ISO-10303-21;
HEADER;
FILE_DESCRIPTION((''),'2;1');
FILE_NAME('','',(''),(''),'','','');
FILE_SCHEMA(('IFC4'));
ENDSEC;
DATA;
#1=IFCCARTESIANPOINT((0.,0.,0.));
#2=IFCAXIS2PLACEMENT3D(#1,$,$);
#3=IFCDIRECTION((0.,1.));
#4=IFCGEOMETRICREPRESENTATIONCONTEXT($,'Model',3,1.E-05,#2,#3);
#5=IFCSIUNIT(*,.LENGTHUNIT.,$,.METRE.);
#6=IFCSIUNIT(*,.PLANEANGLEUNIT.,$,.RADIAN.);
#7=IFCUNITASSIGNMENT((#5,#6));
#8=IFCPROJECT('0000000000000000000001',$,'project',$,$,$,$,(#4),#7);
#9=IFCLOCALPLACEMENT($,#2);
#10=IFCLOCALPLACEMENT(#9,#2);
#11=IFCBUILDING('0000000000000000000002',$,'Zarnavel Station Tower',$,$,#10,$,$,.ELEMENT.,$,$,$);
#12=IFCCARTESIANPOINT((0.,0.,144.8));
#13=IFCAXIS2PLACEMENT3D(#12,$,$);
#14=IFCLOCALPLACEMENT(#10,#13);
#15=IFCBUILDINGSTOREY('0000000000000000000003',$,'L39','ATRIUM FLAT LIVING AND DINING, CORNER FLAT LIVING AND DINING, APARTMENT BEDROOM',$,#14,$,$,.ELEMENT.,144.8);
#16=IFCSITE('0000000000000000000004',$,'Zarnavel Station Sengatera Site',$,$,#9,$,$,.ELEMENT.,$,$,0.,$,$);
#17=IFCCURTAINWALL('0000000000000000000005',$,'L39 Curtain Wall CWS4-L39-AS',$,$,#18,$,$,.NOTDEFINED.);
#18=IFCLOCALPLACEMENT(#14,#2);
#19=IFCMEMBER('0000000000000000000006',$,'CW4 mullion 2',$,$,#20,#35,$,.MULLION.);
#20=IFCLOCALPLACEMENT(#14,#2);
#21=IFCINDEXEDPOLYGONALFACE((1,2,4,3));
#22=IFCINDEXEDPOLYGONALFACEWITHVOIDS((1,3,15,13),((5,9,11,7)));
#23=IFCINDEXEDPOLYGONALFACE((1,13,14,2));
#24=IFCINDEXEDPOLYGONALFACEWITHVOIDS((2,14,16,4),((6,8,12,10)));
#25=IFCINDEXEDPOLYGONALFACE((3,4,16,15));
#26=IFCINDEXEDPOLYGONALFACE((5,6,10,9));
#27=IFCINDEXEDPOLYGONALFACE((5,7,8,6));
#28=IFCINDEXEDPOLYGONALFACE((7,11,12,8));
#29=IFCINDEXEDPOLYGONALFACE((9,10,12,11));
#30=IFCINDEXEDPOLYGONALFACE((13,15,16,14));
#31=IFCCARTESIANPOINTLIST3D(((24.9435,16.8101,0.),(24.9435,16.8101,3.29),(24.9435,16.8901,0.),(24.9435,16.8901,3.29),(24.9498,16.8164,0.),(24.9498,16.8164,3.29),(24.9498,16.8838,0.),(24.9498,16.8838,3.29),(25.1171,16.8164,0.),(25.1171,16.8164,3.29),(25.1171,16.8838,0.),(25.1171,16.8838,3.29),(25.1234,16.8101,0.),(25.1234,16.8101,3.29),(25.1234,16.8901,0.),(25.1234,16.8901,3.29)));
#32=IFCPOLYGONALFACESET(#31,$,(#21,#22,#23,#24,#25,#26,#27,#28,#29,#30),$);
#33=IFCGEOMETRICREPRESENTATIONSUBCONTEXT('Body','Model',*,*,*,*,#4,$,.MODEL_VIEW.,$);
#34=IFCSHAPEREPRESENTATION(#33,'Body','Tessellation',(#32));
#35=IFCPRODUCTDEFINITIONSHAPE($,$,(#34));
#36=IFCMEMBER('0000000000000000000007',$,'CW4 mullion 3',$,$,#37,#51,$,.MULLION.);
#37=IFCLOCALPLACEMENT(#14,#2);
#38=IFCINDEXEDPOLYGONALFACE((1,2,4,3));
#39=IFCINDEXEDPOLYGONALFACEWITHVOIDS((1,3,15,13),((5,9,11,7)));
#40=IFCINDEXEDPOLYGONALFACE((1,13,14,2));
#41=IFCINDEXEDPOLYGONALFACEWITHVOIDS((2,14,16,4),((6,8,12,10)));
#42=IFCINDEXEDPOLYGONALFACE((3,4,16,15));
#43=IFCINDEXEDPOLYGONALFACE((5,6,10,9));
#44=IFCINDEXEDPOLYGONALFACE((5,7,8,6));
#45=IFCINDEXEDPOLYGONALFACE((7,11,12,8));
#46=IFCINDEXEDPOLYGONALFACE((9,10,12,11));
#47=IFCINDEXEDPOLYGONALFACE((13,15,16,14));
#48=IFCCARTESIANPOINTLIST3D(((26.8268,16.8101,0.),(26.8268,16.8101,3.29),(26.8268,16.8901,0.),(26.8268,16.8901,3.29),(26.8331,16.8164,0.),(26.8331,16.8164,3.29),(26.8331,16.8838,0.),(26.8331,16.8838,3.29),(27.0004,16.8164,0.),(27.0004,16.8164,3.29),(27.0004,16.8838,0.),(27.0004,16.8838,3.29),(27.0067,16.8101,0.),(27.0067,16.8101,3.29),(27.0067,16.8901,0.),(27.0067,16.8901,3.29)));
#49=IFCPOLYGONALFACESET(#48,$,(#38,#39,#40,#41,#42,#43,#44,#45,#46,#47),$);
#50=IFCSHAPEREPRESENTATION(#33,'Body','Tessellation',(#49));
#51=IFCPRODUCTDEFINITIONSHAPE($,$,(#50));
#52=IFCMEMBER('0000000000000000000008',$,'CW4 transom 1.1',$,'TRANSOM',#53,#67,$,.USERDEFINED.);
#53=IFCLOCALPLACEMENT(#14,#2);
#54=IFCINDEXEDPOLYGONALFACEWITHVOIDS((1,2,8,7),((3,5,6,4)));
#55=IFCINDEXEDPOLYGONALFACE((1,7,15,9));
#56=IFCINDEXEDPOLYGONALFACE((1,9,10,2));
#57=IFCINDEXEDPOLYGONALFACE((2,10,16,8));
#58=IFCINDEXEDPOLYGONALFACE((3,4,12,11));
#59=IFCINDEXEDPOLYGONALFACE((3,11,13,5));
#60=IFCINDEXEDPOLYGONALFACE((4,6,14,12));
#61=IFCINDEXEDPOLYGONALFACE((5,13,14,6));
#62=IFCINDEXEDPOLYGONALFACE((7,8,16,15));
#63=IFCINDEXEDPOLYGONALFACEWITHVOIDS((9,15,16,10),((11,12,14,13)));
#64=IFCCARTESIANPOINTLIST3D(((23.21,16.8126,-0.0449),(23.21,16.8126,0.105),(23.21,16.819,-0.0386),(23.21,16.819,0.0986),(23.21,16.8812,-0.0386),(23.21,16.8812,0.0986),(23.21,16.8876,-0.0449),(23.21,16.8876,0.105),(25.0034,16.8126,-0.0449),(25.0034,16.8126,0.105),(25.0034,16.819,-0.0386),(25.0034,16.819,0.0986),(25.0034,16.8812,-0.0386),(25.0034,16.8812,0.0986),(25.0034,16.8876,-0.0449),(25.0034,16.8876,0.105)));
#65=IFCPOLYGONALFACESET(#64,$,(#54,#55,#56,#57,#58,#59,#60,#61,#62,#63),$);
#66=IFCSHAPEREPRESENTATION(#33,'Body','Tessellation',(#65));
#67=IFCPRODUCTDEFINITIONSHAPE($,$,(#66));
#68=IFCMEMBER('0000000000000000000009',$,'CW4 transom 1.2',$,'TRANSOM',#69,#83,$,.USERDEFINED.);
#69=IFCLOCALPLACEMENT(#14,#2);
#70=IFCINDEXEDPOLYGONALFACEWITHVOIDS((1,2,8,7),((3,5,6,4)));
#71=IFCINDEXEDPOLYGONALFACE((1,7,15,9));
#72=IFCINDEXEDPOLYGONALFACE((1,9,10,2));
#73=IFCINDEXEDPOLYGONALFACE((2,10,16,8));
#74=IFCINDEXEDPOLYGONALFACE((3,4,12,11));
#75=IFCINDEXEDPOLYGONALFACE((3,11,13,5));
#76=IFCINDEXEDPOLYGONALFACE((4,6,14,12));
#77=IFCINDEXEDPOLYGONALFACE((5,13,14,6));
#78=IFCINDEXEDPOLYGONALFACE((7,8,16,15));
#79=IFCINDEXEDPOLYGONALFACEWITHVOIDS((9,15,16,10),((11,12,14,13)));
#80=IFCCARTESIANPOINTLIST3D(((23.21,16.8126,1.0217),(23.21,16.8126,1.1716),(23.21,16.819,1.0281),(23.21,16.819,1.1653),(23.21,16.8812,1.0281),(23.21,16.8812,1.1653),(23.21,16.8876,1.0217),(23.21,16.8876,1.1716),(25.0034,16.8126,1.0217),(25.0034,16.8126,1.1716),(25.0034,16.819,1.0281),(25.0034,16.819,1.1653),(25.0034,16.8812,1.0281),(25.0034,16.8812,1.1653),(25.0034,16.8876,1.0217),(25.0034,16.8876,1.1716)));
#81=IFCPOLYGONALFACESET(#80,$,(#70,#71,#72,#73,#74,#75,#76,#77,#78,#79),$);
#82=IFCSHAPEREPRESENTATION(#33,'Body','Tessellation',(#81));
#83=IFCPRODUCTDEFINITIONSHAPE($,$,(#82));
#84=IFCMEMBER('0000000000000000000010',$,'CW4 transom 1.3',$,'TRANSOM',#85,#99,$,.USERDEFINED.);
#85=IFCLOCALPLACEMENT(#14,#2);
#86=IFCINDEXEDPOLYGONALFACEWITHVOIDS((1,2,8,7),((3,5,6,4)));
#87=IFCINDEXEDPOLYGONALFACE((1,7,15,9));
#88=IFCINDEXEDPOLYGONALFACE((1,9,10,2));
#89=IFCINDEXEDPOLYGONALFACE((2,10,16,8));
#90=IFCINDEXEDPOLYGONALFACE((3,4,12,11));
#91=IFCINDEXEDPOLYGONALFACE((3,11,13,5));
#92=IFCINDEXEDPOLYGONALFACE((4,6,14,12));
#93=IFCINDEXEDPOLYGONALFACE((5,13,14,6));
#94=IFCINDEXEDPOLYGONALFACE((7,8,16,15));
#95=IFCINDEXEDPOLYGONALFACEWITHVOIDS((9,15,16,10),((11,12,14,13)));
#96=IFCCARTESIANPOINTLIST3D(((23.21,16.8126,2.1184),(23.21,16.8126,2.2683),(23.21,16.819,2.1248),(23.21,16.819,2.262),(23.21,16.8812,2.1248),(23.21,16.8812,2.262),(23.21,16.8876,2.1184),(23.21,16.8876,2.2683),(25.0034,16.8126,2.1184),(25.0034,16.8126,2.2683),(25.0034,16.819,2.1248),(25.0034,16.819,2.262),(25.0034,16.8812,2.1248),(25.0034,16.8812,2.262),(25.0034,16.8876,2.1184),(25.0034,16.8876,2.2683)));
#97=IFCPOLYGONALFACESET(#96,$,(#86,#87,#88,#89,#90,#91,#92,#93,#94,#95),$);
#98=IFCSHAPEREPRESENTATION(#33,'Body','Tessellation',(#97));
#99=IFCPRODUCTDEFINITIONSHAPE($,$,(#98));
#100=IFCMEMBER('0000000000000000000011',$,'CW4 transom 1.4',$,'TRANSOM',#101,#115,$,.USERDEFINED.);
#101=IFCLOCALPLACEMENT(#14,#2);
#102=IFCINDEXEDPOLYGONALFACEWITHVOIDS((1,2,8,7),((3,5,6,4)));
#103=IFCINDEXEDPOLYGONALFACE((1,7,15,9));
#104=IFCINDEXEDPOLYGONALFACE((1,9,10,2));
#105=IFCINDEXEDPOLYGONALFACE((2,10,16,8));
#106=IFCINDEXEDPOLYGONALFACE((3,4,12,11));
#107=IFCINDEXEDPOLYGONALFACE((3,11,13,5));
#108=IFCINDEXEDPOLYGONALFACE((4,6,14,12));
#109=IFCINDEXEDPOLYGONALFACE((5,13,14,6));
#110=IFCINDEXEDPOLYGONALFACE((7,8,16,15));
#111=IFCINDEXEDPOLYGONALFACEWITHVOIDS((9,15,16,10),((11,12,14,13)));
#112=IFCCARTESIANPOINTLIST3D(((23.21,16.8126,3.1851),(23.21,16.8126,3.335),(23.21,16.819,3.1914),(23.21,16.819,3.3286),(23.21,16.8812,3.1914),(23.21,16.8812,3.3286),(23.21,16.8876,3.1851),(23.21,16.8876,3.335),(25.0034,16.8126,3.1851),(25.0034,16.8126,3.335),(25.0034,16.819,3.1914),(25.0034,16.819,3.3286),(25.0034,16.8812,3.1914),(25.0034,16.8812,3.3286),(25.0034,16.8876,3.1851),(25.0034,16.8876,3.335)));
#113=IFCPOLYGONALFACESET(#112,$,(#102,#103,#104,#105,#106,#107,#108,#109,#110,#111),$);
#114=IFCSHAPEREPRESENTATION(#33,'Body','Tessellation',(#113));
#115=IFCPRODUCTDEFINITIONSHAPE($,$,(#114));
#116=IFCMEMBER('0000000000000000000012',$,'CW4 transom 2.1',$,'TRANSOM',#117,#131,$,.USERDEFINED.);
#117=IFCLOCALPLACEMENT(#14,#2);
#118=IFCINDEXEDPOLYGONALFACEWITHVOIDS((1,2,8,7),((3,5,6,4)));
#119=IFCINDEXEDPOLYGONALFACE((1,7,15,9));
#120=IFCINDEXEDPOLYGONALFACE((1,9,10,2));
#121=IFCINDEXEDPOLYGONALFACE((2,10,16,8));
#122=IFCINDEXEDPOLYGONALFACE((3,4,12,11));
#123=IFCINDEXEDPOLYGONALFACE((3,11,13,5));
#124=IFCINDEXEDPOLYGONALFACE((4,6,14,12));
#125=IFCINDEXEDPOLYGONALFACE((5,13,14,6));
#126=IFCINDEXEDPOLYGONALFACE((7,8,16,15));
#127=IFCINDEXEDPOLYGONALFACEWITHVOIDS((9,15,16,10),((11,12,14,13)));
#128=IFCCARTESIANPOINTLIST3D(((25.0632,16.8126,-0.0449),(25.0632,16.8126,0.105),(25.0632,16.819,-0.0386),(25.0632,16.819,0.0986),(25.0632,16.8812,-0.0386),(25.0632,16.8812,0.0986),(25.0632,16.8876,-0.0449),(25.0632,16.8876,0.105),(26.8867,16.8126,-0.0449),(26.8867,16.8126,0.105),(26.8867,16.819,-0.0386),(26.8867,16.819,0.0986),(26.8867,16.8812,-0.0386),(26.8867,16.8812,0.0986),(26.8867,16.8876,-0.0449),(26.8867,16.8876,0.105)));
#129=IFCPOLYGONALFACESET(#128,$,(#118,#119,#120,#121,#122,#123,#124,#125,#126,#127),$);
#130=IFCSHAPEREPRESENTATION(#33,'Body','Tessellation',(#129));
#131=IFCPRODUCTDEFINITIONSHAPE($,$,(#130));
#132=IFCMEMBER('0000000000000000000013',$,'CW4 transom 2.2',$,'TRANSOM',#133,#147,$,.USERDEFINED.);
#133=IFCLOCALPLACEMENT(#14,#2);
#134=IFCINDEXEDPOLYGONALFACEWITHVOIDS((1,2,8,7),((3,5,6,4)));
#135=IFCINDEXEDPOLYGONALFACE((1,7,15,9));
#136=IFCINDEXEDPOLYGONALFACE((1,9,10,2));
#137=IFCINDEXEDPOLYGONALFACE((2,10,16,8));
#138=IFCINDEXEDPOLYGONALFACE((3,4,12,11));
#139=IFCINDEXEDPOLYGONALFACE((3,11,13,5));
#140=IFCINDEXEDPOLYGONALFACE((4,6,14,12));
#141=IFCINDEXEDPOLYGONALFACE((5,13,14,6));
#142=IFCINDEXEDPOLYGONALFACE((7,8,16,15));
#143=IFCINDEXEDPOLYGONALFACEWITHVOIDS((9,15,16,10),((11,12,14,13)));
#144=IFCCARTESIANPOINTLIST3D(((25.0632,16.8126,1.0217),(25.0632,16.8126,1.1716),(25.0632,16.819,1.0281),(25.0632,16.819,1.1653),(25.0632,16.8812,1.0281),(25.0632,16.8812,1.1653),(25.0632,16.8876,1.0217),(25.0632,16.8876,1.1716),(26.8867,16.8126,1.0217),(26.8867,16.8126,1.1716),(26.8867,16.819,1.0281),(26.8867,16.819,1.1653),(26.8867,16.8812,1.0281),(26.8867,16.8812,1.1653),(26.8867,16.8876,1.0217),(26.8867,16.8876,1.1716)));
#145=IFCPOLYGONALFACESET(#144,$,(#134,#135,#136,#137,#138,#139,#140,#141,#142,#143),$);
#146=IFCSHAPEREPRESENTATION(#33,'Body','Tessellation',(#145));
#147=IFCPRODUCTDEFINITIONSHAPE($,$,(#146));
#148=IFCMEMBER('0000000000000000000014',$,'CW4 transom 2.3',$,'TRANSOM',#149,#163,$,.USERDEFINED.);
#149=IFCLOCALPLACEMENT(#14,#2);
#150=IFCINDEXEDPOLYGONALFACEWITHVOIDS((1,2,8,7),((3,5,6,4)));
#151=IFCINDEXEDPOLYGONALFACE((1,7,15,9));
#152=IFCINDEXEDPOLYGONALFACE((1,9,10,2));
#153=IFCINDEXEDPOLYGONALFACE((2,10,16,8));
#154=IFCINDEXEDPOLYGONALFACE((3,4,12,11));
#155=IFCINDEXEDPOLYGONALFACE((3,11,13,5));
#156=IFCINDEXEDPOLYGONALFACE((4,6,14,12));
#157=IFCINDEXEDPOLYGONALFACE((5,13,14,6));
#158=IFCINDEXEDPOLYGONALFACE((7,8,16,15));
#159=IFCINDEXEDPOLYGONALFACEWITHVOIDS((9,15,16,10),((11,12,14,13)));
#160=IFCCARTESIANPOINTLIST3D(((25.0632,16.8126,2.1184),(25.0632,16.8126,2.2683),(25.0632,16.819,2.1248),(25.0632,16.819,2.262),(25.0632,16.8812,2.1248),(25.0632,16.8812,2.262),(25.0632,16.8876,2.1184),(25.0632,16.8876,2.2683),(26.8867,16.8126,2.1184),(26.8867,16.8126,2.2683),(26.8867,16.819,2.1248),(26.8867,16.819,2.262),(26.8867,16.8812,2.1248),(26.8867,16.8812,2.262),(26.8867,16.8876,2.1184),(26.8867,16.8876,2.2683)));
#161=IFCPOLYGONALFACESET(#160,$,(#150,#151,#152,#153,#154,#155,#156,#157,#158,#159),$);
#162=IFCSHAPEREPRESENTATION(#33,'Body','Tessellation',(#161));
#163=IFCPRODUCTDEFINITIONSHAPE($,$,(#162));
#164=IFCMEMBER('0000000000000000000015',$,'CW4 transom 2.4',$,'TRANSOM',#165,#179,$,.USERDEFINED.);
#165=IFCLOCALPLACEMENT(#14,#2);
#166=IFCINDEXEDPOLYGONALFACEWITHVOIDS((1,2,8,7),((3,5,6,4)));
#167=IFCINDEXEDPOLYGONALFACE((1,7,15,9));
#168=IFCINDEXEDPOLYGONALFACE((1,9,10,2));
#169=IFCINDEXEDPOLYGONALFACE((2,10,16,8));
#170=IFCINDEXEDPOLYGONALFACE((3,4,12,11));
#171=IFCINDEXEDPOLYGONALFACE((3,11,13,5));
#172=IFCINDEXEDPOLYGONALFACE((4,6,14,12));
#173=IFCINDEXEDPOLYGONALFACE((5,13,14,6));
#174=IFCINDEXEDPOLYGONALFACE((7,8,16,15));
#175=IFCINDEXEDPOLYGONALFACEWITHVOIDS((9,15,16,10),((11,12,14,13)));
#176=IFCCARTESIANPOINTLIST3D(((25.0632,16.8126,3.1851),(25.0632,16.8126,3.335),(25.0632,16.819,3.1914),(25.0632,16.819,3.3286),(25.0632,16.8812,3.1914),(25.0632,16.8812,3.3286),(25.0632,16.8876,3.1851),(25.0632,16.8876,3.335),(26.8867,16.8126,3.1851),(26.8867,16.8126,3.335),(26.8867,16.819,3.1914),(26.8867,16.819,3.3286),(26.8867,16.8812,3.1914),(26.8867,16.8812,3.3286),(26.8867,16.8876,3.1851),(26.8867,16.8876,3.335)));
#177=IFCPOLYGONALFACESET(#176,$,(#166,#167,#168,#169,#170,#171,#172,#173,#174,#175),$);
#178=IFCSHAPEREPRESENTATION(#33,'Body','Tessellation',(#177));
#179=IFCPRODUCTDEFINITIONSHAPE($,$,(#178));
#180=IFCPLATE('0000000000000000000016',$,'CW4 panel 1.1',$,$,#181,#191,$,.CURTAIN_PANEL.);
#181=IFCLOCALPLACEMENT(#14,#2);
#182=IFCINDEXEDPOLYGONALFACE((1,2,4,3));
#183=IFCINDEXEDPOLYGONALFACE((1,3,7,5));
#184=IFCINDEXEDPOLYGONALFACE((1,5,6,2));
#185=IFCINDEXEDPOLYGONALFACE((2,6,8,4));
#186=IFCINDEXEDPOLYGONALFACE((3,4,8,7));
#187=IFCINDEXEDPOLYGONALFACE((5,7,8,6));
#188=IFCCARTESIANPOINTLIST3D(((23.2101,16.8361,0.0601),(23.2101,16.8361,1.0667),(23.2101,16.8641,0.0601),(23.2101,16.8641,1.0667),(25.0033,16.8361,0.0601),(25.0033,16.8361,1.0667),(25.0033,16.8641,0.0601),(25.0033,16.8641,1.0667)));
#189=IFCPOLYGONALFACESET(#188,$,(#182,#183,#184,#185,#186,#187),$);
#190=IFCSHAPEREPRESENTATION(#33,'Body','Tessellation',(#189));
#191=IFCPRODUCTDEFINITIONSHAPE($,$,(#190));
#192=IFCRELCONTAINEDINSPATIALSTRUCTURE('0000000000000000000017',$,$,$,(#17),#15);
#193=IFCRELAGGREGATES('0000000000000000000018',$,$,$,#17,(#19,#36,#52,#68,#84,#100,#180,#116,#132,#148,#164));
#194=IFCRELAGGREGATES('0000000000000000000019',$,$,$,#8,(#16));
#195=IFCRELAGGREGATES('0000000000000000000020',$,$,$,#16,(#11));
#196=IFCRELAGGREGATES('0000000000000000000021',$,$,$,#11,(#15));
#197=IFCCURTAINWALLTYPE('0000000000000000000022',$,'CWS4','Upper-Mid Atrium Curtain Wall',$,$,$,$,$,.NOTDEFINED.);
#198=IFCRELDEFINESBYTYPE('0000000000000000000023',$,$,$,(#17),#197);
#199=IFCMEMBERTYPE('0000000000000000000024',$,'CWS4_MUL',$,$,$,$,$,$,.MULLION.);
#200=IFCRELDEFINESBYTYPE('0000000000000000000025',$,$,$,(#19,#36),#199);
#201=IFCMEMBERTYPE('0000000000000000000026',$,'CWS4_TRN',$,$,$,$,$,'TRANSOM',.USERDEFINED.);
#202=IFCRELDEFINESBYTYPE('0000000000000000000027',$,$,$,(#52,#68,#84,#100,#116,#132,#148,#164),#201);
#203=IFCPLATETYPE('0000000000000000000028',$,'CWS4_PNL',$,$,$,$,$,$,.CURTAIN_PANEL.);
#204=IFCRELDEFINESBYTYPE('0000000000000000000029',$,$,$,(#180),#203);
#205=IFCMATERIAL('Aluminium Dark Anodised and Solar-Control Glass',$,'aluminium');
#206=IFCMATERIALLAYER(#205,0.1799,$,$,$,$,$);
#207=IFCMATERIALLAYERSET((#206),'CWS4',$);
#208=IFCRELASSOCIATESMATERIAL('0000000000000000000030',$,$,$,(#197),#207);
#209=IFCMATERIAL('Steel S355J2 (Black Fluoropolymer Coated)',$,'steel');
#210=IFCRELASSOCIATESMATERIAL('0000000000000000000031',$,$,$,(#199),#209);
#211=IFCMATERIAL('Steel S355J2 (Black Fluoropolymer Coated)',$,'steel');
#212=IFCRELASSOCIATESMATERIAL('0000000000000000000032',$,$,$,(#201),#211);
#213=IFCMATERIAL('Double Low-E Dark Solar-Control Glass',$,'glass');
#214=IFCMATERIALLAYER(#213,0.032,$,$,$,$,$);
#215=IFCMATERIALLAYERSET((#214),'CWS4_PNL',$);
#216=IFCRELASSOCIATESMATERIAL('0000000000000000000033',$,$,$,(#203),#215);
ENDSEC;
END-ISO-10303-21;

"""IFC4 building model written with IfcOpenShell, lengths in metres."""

from ifc_helpers import new_model, si_unit, direction, frame, origin, origin_2d, place, context, subcontext, project, spatial, rectangle, hollow_rectangle, extrude, material, layer, layer_set, material_profile, profile_set, type_object, element, aggregate, save


model = new_model("IFC4")

# Units and contexts
model_context = context("Model", 3, precision=1e-05, world=origin(), true_north=direction((0.0, 1.0)))
body_context = subcontext(model_context, "Body", "Model", "MODEL_VIEW")
ifc_project = project(units=[si_unit("LENGTHUNIT", "METRE"), si_unit("PLANEANGLEUNIT", "RADIAN")], contexts=[model_context])

# Site, building, storey
site_placement = place(None, origin())
site = spatial("IfcSite", under=ifc_project, at=site_placement, Name="Zarnavel Station Sengatera Site", CompositionType="ELEMENT", RefElevation=0.0)
building_placement = place(site_placement, origin())
building = spatial("IfcBuilding", under=site, at=building_placement, Name="Zarnavel Station Tower", CompositionType="ELEMENT")
storey_placement = place(building_placement, frame((0.0, 0.0, 144.8)))
storey = spatial("IfcBuildingStorey", under=building, at=storey_placement, Name="L39", Description="ATRIUM FLAT LIVING AND DINING, CORNER FLAT LIVING AND DINING, APARTMENT BEDROOM", CompositionType="ELEMENT", Elevation=144.8)

# Curtain wall, members, plate
ifc_material_1 = material(Name="Aluminium Dark Anodised and Solar-Control Glass", Category="aluminium")
ifc_layer_1 = layer(ifc_material_1, 0.1799)
ifc_layer_set_1 = layer_set([ifc_layer_1], Name="CWS4")
curtain_wall_type = type_object("IfcCurtainWallType", Name="CWS4", Description="Upper-Mid Atrium Curtain Wall", PredefinedType="NOTDEFINED", material=ifc_layer_set_1)
curtain_wall_placement = place(storey_placement, origin())
curtain_wall = element("IfcCurtainWall", 1, at=curtain_wall_placement, inside=storey, type_object=curtain_wall_type, Name="L39 Curtain Wall CWS4-L39-AS", PredefinedType="NOTDEFINED")
ifc_material_2 = material(Name="Steel S355J2 (Black Fluoropolymer Coated)", Category="steel")
ifc_material_profile_1 = material_profile(ifc_material_2, hollow_rectangle(XDim=0.0801, YDim=0.1799, WallThickness=0.0063, at=origin_2d()), Name="RHS180x80x6.3")
ifc_profile_set_1 = profile_set([ifc_material_profile_1], Name="Steel S355J2 (Black Fluoropolymer Coated)")
member_type_1 = type_object("IfcMemberType", Name="CWS4_MUL", PredefinedType="MULLION", material=ifc_profile_set_1)
member_1_placement = place(storey_placement, frame((25.0334, 16.8501, 0.0), z_axis=(0.0, 0.0, 1.0), x_axis=(0.0, 1.0, 0.0)))
member_1 = element("IfcMember", 2, at=member_1_placement, type_object=member_type_1, Name="CW4 mullion 2", PredefinedType="MULLION", context=body_context, shape_type="SweptSolid", body=[
    extrude(hollow_rectangle(XDim=0.0801, YDim=0.1799, WallThickness=0.0063, at=origin_2d()), origin(), (0.0, 0.0, 1.0), 3.29),
])
member_2_placement = place(storey_placement, frame((26.9167, 16.8501, 0.0), z_axis=(0.0, 0.0, 1.0), x_axis=(0.0, 1.0, 0.0)))
member_2 = element("IfcMember", 3, at=member_2_placement, type_object=member_type_1, Name="CW4 mullion 3", PredefinedType="MULLION", context=body_context, shape_type="SweptSolid", body=[
    extrude(hollow_rectangle(XDim=0.0801, YDim=0.1799, WallThickness=0.0063, at=origin_2d()), origin(), (0.0, 0.0, 1.0), 3.29),
])
ifc_material_3 = material(Name="Steel S355J2 (Black Fluoropolymer Coated)", Category="steel")
ifc_material_profile_2 = material_profile(ifc_material_3, hollow_rectangle(XDim=0.075, YDim=0.1499, WallThickness=0.0063, at=origin_2d()), Name="RHS150x75x6.3")
ifc_profile_set_2 = profile_set([ifc_material_profile_2], Name="Steel S355J2 (Black Fluoropolymer Coated)")
member_type_2 = type_object("IfcMemberType", Name="CWS4_TRN", ElementType="TRANSOM", PredefinedType="USERDEFINED", material=ifc_profile_set_2)
member_3_placement = place(storey_placement, frame((23.21, 16.8501, 0.03), z_axis=(1.0, 0.0, 0.0), x_axis=(0.0, 1.0, 0.0)))
member_3 = element("IfcMember", 4, at=member_3_placement, type_object=member_type_2, Name="CW4 transom 1.1", ObjectType="TRANSOM", PredefinedType="USERDEFINED", context=body_context, shape_type="SweptSolid", body=[
    extrude(hollow_rectangle(XDim=0.075, YDim=0.1499, WallThickness=0.0063, at=origin_2d()), origin(), (0.0, 0.0, 1.0), 1.7935),
])
member_4_placement = place(storey_placement, frame((23.21, 16.8501, 1.0967), z_axis=(1.0, 0.0, 0.0), x_axis=(0.0, 1.0, 0.0)))
member_4 = element("IfcMember", 5, at=member_4_placement, type_object=member_type_2, Name="CW4 transom 1.2", ObjectType="TRANSOM", PredefinedType="USERDEFINED", context=body_context, shape_type="SweptSolid", body=[
    extrude(hollow_rectangle(XDim=0.075, YDim=0.1499, WallThickness=0.0063, at=origin_2d()), origin(), (0.0, 0.0, 1.0), 1.7935),
])
member_5_placement = place(storey_placement, frame((23.21, 16.8501, 2.1934), z_axis=(1.0, 0.0, 0.0), x_axis=(0.0, 1.0, 0.0)))
member_5 = element("IfcMember", 6, at=member_5_placement, type_object=member_type_2, Name="CW4 transom 1.3", ObjectType="TRANSOM", PredefinedType="USERDEFINED", context=body_context, shape_type="SweptSolid", body=[
    extrude(hollow_rectangle(XDim=0.075, YDim=0.1499, WallThickness=0.0063, at=origin_2d()), origin(), (0.0, 0.0, 1.0), 1.7935),
])
member_6_placement = place(storey_placement, frame((23.21, 16.8501, 3.26), z_axis=(1.0, 0.0, 0.0), x_axis=(0.0, 1.0, 0.0)))
member_6 = element("IfcMember", 7, at=member_6_placement, type_object=member_type_2, Name="CW4 transom 1.4", ObjectType="TRANSOM", PredefinedType="USERDEFINED", context=body_context, shape_type="SweptSolid", body=[
    extrude(hollow_rectangle(XDim=0.075, YDim=0.1499, WallThickness=0.0063, at=origin_2d()), origin(), (0.0, 0.0, 1.0), 1.7935),
])
member_7_placement = place(storey_placement, frame((25.0632, 16.8501, 0.03), z_axis=(1.0, 0.0, 0.0), x_axis=(0.0, 1.0, 0.0)))
member_7 = element("IfcMember", 8, at=member_7_placement, type_object=member_type_2, Name="CW4 transom 2.1", ObjectType="TRANSOM", PredefinedType="USERDEFINED", context=body_context, shape_type="SweptSolid", body=[
    extrude(hollow_rectangle(XDim=0.075, YDim=0.1499, WallThickness=0.0063, at=origin_2d()), origin(), (0.0, 0.0, 1.0), 1.8235),
])
member_8_placement = place(storey_placement, frame((25.0632, 16.8501, 1.0967), z_axis=(1.0, 0.0, 0.0), x_axis=(0.0, 1.0, 0.0)))
member_8 = element("IfcMember", 9, at=member_8_placement, type_object=member_type_2, Name="CW4 transom 2.2", ObjectType="TRANSOM", PredefinedType="USERDEFINED", context=body_context, shape_type="SweptSolid", body=[
    extrude(hollow_rectangle(XDim=0.075, YDim=0.1499, WallThickness=0.0063, at=origin_2d()), origin(), (0.0, 0.0, 1.0), 1.8235),
])
member_9_placement = place(storey_placement, frame((25.0632, 16.8501, 2.1934), z_axis=(1.0, 0.0, 0.0), x_axis=(0.0, 1.0, 0.0)))
member_9 = element("IfcMember", 10, at=member_9_placement, type_object=member_type_2, Name="CW4 transom 2.3", ObjectType="TRANSOM", PredefinedType="USERDEFINED", context=body_context, shape_type="SweptSolid", body=[
    extrude(hollow_rectangle(XDim=0.075, YDim=0.1499, WallThickness=0.0063, at=origin_2d()), origin(), (0.0, 0.0, 1.0), 1.8235),
])
member_10_placement = place(storey_placement, frame((25.0632, 16.8501, 3.26), z_axis=(1.0, 0.0, 0.0), x_axis=(0.0, 1.0, 0.0)))
member_10 = element("IfcMember", 11, at=member_10_placement, type_object=member_type_2, Name="CW4 transom 2.4", ObjectType="TRANSOM", PredefinedType="USERDEFINED", context=body_context, shape_type="SweptSolid", body=[
    extrude(hollow_rectangle(XDim=0.075, YDim=0.1499, WallThickness=0.0063, at=origin_2d()), origin(), (0.0, 0.0, 1.0), 1.8235),
])
ifc_material_4 = material(Name="Double Low-E Dark Solar-Control Glass", Category="glass")
ifc_layer_2 = layer(ifc_material_4, 0.032)
ifc_layer_set_2 = layer_set([ifc_layer_2], Name="CWS4_PNL")
plate_type = type_object("IfcPlateType", Name="CWS4_PNL", PredefinedType="CURTAIN_PANEL", material=ifc_layer_set_2)
plate_1_placement = place(storey_placement, frame((24.1067, 16.8501, 0.0601), z_axis=(0.0, 0.0, 1.0), x_axis=(1.0, 0.0, 0.0)))
plate_1 = element("IfcPlate", 12, at=plate_1_placement, type_object=plate_type, Name="CW4 panel 1.1", PredefinedType="CURTAIN_PANEL", context=body_context, shape_type="SweptSolid", body=[
    extrude(rectangle(XDim=1.7932, YDim=0.0281, at=origin_2d()), origin(), (0.0, 0.0, 1.0), 1.0066),
])
aggregate(curtain_wall, [member_1, member_2, member_3, member_4, member_5, member_6, plate_1, member_7, member_8, member_9, member_10])

save(model, "model.ifc")
